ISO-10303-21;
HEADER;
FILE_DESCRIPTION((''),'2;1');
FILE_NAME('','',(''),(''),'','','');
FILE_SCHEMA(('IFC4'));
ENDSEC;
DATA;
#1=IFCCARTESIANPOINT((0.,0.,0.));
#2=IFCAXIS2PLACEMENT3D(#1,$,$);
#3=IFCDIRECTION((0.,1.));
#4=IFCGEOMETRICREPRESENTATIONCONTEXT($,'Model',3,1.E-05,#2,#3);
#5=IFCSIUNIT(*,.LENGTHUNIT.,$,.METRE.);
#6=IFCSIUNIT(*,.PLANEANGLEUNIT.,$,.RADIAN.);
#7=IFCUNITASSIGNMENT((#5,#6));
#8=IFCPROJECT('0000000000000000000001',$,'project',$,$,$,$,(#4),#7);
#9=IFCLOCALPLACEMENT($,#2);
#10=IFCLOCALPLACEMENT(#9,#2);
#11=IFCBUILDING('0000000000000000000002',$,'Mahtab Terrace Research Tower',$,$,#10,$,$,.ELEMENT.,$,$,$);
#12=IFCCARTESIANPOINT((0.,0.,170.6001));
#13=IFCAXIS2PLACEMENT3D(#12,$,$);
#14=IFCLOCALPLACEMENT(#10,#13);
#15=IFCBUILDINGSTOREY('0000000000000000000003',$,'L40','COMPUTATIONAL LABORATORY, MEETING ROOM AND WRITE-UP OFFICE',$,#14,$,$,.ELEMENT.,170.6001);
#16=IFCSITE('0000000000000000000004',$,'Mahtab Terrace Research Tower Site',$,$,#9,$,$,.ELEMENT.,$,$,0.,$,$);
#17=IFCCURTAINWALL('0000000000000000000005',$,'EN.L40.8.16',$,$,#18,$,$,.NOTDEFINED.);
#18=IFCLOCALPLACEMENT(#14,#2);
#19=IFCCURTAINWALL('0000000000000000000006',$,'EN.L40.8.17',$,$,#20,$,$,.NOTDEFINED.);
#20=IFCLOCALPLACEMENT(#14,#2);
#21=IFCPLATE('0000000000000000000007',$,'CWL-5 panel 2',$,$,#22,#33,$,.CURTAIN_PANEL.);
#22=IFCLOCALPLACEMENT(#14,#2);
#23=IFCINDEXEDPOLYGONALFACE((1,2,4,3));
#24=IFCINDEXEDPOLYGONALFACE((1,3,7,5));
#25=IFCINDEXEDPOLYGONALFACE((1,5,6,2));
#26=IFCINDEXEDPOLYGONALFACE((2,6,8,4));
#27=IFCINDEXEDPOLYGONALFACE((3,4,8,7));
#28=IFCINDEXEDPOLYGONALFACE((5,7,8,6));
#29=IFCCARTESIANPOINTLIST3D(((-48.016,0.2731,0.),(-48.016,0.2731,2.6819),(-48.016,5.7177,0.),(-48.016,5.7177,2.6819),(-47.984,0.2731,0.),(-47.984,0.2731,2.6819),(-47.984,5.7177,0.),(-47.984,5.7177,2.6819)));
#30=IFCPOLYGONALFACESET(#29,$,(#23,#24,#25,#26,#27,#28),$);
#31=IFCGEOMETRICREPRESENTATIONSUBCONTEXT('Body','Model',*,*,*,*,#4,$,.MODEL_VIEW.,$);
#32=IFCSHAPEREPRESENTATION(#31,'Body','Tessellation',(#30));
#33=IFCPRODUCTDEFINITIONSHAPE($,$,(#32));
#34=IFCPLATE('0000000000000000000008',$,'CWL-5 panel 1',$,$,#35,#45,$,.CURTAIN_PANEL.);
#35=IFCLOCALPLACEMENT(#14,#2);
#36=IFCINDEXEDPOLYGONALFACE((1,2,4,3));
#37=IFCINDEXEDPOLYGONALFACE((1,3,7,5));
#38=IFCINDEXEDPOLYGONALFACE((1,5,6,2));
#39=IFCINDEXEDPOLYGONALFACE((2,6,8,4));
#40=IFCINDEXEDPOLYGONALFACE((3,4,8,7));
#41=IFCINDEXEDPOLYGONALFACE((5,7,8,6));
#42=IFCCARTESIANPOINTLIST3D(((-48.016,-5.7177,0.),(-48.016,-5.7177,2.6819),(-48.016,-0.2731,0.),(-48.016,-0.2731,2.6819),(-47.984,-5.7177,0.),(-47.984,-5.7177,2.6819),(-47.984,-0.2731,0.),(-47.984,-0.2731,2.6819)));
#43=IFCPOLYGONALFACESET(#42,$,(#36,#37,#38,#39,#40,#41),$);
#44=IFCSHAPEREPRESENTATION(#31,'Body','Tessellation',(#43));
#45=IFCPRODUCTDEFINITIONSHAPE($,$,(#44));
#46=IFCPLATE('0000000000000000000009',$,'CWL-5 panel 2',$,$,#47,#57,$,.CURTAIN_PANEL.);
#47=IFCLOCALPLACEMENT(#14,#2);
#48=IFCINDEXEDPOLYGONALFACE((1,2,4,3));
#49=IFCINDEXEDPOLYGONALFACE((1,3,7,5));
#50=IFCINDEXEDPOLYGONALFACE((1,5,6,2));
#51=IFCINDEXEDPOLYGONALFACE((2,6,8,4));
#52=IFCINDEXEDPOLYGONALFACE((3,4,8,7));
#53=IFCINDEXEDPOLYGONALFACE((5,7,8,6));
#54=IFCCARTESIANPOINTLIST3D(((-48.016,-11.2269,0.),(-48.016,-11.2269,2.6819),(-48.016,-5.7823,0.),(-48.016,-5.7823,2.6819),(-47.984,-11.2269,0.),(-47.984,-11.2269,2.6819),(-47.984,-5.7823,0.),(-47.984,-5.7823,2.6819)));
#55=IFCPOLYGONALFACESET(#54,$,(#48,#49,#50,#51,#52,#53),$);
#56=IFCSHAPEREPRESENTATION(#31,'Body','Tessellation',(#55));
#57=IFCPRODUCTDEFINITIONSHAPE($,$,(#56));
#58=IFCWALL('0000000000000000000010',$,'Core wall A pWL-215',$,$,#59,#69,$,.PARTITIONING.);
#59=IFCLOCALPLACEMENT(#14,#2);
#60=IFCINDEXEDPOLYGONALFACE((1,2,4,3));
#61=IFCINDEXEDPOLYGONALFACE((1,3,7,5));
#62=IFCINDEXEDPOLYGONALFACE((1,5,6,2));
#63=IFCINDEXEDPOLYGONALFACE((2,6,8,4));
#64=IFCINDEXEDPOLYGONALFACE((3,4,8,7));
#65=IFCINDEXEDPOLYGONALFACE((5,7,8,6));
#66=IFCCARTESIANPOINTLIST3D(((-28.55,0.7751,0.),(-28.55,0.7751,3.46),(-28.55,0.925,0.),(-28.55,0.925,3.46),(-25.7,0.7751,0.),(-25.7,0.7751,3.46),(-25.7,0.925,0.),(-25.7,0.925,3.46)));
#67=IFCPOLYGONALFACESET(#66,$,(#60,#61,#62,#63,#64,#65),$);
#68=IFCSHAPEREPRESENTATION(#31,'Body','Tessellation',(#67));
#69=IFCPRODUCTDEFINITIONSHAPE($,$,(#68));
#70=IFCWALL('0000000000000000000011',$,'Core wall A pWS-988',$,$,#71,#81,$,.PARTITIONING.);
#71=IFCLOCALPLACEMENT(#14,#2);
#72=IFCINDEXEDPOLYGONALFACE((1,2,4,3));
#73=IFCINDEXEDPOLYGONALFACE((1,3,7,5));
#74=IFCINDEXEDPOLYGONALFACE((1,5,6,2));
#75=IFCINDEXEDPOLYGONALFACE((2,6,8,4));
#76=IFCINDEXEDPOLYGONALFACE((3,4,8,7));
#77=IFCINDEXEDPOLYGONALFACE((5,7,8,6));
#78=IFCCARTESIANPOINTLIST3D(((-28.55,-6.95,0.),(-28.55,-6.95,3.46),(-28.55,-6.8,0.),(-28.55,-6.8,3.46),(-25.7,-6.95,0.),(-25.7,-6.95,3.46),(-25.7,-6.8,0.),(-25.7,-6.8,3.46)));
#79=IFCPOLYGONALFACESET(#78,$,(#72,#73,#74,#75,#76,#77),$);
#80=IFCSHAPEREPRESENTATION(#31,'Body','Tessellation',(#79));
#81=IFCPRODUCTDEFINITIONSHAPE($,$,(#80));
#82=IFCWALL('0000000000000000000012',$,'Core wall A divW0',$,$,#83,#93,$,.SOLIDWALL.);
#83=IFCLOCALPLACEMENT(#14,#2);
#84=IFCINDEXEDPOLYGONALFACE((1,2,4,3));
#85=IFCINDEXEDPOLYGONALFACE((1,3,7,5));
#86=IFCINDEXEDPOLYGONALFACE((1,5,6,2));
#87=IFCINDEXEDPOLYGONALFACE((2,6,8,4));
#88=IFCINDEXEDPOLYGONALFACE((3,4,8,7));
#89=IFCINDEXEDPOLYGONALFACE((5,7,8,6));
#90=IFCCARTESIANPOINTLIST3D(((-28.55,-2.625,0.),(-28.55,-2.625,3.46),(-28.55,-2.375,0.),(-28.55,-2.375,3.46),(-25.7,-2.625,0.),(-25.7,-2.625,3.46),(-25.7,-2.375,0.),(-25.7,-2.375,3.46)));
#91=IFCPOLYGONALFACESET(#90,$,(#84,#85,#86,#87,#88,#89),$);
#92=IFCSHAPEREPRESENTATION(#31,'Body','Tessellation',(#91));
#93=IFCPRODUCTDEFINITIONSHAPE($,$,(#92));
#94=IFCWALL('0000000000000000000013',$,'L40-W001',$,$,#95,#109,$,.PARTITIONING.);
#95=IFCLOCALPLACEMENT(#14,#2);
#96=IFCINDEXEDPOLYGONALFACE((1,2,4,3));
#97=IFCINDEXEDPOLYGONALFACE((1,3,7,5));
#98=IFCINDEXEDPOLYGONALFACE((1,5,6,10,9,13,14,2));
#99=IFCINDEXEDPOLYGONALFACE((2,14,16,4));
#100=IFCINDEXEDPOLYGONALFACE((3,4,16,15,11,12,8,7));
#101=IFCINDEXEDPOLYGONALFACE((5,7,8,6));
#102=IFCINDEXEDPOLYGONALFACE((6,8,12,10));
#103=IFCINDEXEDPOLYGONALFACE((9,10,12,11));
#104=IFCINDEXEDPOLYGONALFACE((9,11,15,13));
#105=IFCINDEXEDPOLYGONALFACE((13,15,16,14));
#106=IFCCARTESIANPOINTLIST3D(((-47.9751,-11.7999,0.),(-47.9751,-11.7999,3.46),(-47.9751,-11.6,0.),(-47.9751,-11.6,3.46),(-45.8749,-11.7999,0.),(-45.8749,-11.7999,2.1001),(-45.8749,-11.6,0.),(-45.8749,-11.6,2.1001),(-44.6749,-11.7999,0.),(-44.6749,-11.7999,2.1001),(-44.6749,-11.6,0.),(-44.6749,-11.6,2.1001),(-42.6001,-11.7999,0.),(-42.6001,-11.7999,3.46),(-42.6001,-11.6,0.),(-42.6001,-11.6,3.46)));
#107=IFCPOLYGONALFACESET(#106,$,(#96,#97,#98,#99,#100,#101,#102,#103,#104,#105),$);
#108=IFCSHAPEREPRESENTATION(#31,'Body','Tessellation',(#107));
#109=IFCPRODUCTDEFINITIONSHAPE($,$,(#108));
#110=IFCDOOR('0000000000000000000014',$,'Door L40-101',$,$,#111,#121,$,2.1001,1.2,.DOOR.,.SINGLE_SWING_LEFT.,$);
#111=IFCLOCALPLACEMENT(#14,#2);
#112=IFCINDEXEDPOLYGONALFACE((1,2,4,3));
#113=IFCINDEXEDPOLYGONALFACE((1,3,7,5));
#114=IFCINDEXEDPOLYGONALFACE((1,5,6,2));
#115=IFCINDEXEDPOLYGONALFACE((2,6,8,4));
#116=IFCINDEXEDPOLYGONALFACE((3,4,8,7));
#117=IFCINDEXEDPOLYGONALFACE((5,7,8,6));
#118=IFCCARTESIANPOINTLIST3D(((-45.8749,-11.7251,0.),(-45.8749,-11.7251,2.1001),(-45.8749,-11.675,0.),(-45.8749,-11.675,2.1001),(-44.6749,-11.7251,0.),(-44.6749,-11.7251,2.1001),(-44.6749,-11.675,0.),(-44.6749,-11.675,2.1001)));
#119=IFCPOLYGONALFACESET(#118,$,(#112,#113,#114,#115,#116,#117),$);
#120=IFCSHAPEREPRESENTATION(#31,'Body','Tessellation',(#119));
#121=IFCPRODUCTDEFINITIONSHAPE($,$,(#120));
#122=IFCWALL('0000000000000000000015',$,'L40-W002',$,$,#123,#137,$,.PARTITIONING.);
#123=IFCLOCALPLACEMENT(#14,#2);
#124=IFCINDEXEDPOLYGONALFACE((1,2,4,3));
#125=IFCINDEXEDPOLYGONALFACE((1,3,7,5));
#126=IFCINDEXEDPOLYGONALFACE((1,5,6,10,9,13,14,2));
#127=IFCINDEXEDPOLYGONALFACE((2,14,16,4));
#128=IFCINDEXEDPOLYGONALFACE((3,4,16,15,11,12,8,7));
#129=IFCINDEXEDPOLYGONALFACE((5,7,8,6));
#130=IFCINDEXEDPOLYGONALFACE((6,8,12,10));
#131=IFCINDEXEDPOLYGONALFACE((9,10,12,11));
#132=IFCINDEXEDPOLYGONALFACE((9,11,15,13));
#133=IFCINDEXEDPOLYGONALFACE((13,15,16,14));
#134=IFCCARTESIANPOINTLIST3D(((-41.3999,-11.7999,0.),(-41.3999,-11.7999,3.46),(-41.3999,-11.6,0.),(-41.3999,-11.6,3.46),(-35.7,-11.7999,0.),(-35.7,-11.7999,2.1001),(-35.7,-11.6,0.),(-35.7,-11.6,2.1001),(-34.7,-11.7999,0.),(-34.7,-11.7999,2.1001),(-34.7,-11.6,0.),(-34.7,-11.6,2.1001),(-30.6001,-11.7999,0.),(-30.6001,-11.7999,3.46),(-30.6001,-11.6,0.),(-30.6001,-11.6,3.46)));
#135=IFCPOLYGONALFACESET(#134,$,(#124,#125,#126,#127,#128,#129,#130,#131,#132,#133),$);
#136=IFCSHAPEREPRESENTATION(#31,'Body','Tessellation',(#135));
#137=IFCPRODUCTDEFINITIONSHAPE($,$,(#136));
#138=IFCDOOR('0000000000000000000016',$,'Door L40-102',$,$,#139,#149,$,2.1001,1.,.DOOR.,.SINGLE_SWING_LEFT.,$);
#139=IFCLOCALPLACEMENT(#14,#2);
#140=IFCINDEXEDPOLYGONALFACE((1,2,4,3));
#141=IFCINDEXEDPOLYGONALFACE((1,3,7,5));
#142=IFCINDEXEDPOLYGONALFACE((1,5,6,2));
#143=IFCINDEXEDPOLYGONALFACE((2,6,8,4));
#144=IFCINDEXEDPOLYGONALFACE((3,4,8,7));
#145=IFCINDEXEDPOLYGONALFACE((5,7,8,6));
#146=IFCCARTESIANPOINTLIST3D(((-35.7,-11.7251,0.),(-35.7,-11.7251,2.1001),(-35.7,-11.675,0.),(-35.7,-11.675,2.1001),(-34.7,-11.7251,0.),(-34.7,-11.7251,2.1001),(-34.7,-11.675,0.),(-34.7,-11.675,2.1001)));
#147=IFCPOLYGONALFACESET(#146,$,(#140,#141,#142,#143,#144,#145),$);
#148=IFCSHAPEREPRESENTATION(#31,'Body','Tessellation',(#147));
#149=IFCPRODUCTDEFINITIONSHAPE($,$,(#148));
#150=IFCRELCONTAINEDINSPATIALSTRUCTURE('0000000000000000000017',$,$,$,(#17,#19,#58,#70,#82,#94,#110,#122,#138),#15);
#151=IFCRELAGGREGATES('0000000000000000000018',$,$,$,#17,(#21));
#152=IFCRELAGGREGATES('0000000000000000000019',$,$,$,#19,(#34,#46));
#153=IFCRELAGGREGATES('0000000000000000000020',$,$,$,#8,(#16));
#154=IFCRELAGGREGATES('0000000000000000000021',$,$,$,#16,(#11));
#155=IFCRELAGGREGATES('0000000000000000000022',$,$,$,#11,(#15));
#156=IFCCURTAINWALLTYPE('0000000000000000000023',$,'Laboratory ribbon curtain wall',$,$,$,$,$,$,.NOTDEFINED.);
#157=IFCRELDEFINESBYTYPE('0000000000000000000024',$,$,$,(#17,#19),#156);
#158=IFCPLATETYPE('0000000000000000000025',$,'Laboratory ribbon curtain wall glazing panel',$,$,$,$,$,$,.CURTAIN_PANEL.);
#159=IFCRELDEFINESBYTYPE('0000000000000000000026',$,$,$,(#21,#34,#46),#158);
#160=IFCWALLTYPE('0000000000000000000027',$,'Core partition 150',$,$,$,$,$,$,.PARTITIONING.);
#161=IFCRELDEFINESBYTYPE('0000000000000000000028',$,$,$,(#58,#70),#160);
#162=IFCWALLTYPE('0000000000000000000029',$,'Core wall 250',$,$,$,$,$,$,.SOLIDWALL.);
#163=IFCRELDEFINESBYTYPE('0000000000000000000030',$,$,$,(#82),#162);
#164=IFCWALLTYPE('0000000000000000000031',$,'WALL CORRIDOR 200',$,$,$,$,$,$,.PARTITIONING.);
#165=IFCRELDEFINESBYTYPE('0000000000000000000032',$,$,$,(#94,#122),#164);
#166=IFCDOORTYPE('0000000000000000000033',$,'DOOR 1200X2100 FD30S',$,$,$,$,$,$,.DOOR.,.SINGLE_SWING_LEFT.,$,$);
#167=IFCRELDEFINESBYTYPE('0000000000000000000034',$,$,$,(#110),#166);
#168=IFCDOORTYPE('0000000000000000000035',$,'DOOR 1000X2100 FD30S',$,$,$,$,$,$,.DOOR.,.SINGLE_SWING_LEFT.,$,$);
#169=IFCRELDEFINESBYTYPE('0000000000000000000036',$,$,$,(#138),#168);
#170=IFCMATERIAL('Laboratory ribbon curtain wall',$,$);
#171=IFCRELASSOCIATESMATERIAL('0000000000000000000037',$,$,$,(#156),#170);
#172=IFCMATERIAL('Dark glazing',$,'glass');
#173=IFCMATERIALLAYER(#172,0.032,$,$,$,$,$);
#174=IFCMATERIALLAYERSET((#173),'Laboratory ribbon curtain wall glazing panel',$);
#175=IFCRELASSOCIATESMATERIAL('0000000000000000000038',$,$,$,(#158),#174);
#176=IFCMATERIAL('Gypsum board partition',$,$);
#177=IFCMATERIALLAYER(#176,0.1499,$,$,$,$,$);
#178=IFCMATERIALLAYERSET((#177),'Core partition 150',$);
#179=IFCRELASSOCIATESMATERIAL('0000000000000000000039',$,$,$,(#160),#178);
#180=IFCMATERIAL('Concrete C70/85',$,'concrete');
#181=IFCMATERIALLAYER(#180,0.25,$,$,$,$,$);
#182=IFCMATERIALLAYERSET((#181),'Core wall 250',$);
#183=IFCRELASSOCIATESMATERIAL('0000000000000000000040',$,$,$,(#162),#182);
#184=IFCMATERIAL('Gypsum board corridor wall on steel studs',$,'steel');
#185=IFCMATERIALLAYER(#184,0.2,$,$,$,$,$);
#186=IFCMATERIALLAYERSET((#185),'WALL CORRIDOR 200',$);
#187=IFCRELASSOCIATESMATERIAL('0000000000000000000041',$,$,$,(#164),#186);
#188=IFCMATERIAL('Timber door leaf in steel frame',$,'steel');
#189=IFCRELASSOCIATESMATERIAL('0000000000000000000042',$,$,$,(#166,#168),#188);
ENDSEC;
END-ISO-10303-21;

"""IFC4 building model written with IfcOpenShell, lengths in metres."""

from ifc_helpers import new_model, si_unit, direction, frame, frame_2d, origin, origin_2d, place, context, subcontext, project, spatial, rectangle, extrude, material, layer, layer_set, type_object, element, fill, aggregate, save


model = new_model("IFC4")

# Units and contexts
model_context = context("Model", 3, precision=1e-05, world=origin(), true_north=direction((0.0, 1.0)))
body_context = subcontext(model_context, "Body", "Model", "MODEL_VIEW")
ifc_project = project(units=[si_unit("LENGTHUNIT", "METRE"), si_unit("PLANEANGLEUNIT", "RADIAN")], contexts=[model_context])

# Site, building, storey
site_placement = place(None, origin())
site = spatial("IfcSite", under=ifc_project, at=site_placement, Name="Mahtab Terrace Research Tower Site", CompositionType="ELEMENT", RefElevation=0.0)
building_placement = place(site_placement, origin())
building = spatial("IfcBuilding", under=site, at=building_placement, Name="Mahtab Terrace Research Tower", CompositionType="ELEMENT")
storey_placement = place(building_placement, frame((0.0, 0.0, 170.6001)))
storey = spatial("IfcBuildingStorey", under=building, at=storey_placement, Name="L40", Description="COMPUTATIONAL LABORATORY, MEETING ROOM AND WRITE-UP OFFICE", CompositionType="ELEMENT", Elevation=170.6001)

# Shared definitions
ifc_material_1 = material(Name="Concrete C70/85", Category="concrete")

# Curtain wall
ifc_material_2 = material(Name="Laboratory ribbon curtain wall")
curtain_wall_type = type_object("IfcCurtainWallType", Name="Laboratory ribbon curtain wall", PredefinedType="NOTDEFINED", material=ifc_material_2)
curtain_wall_1_placement = place(storey_placement, origin())
curtain_wall_1 = element("IfcCurtainWall", 1, at=curtain_wall_1_placement, inside=storey, type_object=curtain_wall_type, Name="EN.L40.8.16", PredefinedType="NOTDEFINED")

# Curtain wall
curtain_wall_2_placement = place(storey_placement, origin())
curtain_wall_2 = element("IfcCurtainWall", 2, at=curtain_wall_2_placement, inside=storey, type_object=curtain_wall_type, Name="EN.L40.8.17", PredefinedType="NOTDEFINED")

# Plates
ifc_material_3 = material(Name="Dark glazing", Category="glass")
ifc_layer_1 = layer(ifc_material_3, 0.032)
ifc_layer_set_1 = layer_set([ifc_layer_1], Name="Laboratory ribbon curtain wall glazing panel")
plate_type = type_object("IfcPlateType", Name="Laboratory ribbon curtain wall glazing panel", PredefinedType="CURTAIN_PANEL", material=ifc_layer_set_1)
plate_1_placement = place(storey_placement, frame((-48.0, 2.9954, 0.0), z_axis=(0.0, 0.0, 1.0), x_axis=(0.0, -1.0, 0.0)))
plate_1 = element("IfcPlate", 3, at=plate_1_placement, type_object=plate_type, Name="CWL-5 panel 2", PredefinedType="CURTAIN_PANEL", context=body_context, shape_type="SweptSolid", body=[
    extrude(rectangle(XDim=5.4446, YDim=0.032, at=origin_2d()), origin(), (0.0, 0.0, 1.0), 2.6819),
])
aggregate(curtain_wall_1, [plate_1])
plate_2_placement = place(storey_placement, frame((-48.0, -2.9954, 0.0), z_axis=(0.0, 0.0, 1.0), x_axis=(0.0, -1.0, 0.0)))
plate_2 = element("IfcPlate", 4, at=plate_2_placement, type_object=plate_type, Name="CWL-5 panel 1", PredefinedType="CURTAIN_PANEL", context=body_context, shape_type="SweptSolid", body=[
    extrude(rectangle(XDim=5.4446, YDim=0.032, at=origin_2d()), origin(), (0.0, 0.0, 1.0), 2.6819),
])
plate_3_placement = place(storey_placement, frame((-48.0, -8.5046, 0.0), z_axis=(0.0, 0.0, 1.0), x_axis=(0.0, -1.0, 0.0)))
plate_3 = element("IfcPlate", 5, at=plate_3_placement, type_object=plate_type, Name="CWL-5 panel 2", PredefinedType="CURTAIN_PANEL", context=body_context, shape_type="SweptSolid", body=[
    extrude(rectangle(XDim=5.4446, YDim=0.032, at=origin_2d()), origin(), (0.0, 0.0, 1.0), 2.6819),
])
aggregate(curtain_wall_2, [plate_2, plate_3])

# Walls
ifc_material_4 = material(Name="Gypsum board partition")
ifc_layer_2 = layer(ifc_material_4, 0.1499)
ifc_layer_set_2 = layer_set([ifc_layer_2], Name="Core partition 150")
wall_type_1 = type_object("IfcWallType", Name="Core partition 150", PredefinedType="PARTITIONING", material=ifc_layer_set_2)
for number, where, z_axis, x_axis, name in (
    (6, (-28.55, 0.8501, 0.0), (0.0, 0.0, 1.0), (1.0, 0.0, 0.0), "Core wall A pWL-215"),
    (7, (-28.55, -6.875, 0.0), (0.0, 0.0, 1.0), (1.0, 0.0, 0.0), "Core wall A pWS-988"),
):
    element("IfcWall", number, at=place(storey_placement, frame(where, z_axis=z_axis, x_axis=x_axis)), inside=storey, type_object=wall_type_1, Name=name, PredefinedType="PARTITIONING", context=body_context, shape_type="SweptSolid", body=[
        extrude(rectangle(XDim=2.8501, YDim=0.1499, at=frame_2d((1.425, 0.0))), origin(), (0.0, 0.0, 1.0), 3.46),
    ])
ifc_layer_3 = layer(ifc_material_1, 0.25)
ifc_layer_set_3 = layer_set([ifc_layer_3], Name="Core wall 250")
wall_type_2 = type_object("IfcWallType", Name="Core wall 250", PredefinedType="SOLIDWALL", material=ifc_layer_set_3)
wall_1_placement = place(storey_placement, frame((-28.55, -2.5, 0.0), z_axis=(0.0, 0.0, 1.0), x_axis=(1.0, 0.0, 0.0)))
element("IfcWall", 8, at=wall_1_placement, inside=storey, type_object=wall_type_2, Name="Core wall A divW0", PredefinedType="SOLIDWALL", context=body_context, shape_type="SweptSolid", body=[
    extrude(rectangle(XDim=2.8501, YDim=0.25, at=frame_2d((1.425, 0.0))), origin(), (0.0, 0.0, 1.0), 3.46),
])

# Walls, openings, doors
ifc_material_5 = material(Name="Gypsum board corridor wall on steel studs", Category="steel")
ifc_layer_4 = layer(ifc_material_5, 0.2)
ifc_layer_set_4 = layer_set([ifc_layer_4], Name="WALL CORRIDOR 200")
wall_type_3 = type_object("IfcWallType", Name="WALL CORRIDOR 200", PredefinedType="PARTITIONING", material=ifc_layer_set_4)
wall_2_placement = place(storey_placement, frame((-47.9751, -11.7, 0.0), z_axis=(0.0, 0.0, 1.0), x_axis=(1.0, 0.0, 0.0)))
wall_2 = element("IfcWall", 9, at=wall_2_placement, inside=storey, type_object=wall_type_3, Name="L40-W001", PredefinedType="PARTITIONING", context=body_context, shape_type="SweptSolid", body=[
    extrude(rectangle(XDim=5.375, YDim=0.2, at=frame_2d((2.6875, 0.0))), origin(), (0.0, 0.0, 1.0), 3.46),
])
opening_1_placement = place(wall_2_placement, frame((2.1001, 0.0, 0.0)))
opening_1 = element("IfcOpeningElement", 10, at=opening_1_placement, cuts=wall_2, PredefinedType="OPENING", context=body_context, shape_type="SweptSolid", body=[
    extrude(rectangle(XDim=1.2, YDim=2.1001, at=frame_2d((0.6001, 1.05))), frame((0.0, 0.1099, 0.0), z_axis=(0.0, -1.0, 0.0), x_axis=(1.0, 0.0, 0.0)), (0.0, 0.0, 1.0), 0.22),
])
ifc_material_6 = material(Name="Timber door leaf in steel frame", Category="steel")
door_type_1 = type_object("IfcDoorType", Name="DOOR 1200X2100 FD30S", OperationType="SINGLE_SWING_LEFT", PredefinedType="DOOR", material=ifc_material_6)
door_1_placement = place(opening_1_placement, origin())
door_1 = element("IfcDoor", 11, at=door_1_placement, inside=storey, type_object=door_type_1, Name="Door L40-101", OperationType="SINGLE_SWING_LEFT", OverallHeight=2.1001, OverallWidth=1.2, PredefinedType="DOOR", context=body_context, shape_type="SweptSolid", body=[
    extrude(rectangle(XDim=1.2, YDim=2.1001, at=frame_2d((0.6001, 1.05))), frame((0.0, 0.0249, 0.0), z_axis=(0.0, -1.0, 0.0), x_axis=(1.0, 0.0, 0.0)), (0.0, 0.0, 1.0), 0.05),
])
fill(opening_1, door_1)
wall_3_placement = place(storey_placement, frame((-41.3999, -11.7, 0.0), z_axis=(0.0, 0.0, 1.0), x_axis=(1.0, 0.0, 0.0)))
wall_3 = element("IfcWall", 12, at=wall_3_placement, inside=storey, type_object=wall_type_3, Name="L40-W002", PredefinedType="PARTITIONING", context=body_context, shape_type="SweptSolid", body=[
    extrude(rectangle(XDim=10.7998, YDim=0.2, at=frame_2d((5.3999, 0.0))), origin(), (0.0, 0.0, 1.0), 3.46),
])
opening_2_placement = place(wall_3_placement, frame((5.7, 0.0, 0.0)))
opening_2 = element("IfcOpeningElement", 13, at=opening_2_placement, cuts=wall_3, PredefinedType="OPENING", context=body_context, shape_type="SweptSolid", body=[
    extrude(rectangle(XDim=1.0, YDim=2.1001, at=frame_2d((0.5, 1.05))), frame((0.0, 0.1099, 0.0), z_axis=(0.0, -1.0, 0.0), x_axis=(1.0, 0.0, 0.0)), (0.0, 0.0, 1.0), 0.22),
])
door_type_2 = type_object("IfcDoorType", Name="DOOR 1000X2100 FD30S", OperationType="SINGLE_SWING_LEFT", PredefinedType="DOOR", material=ifc_material_6)
door_2_placement = place(opening_2_placement, origin())
door_2 = element("IfcDoor", 14, at=door_2_placement, inside=storey, type_object=door_type_2, Name="Door L40-102", OperationType="SINGLE_SWING_LEFT", OverallHeight=2.1001, OverallWidth=1.0, PredefinedType="DOOR", context=body_context, shape_type="SweptSolid", body=[
    extrude(rectangle(XDim=1.0, YDim=2.1001, at=frame_2d((0.5, 1.05))), frame((0.0, 0.0249, 0.0), z_axis=(0.0, -1.0, 0.0), x_axis=(1.0, 0.0, 0.0)), (0.0, 0.0, 1.0), 0.05),
])
fill(opening_2, door_2)

save(model, "model.ifc")
